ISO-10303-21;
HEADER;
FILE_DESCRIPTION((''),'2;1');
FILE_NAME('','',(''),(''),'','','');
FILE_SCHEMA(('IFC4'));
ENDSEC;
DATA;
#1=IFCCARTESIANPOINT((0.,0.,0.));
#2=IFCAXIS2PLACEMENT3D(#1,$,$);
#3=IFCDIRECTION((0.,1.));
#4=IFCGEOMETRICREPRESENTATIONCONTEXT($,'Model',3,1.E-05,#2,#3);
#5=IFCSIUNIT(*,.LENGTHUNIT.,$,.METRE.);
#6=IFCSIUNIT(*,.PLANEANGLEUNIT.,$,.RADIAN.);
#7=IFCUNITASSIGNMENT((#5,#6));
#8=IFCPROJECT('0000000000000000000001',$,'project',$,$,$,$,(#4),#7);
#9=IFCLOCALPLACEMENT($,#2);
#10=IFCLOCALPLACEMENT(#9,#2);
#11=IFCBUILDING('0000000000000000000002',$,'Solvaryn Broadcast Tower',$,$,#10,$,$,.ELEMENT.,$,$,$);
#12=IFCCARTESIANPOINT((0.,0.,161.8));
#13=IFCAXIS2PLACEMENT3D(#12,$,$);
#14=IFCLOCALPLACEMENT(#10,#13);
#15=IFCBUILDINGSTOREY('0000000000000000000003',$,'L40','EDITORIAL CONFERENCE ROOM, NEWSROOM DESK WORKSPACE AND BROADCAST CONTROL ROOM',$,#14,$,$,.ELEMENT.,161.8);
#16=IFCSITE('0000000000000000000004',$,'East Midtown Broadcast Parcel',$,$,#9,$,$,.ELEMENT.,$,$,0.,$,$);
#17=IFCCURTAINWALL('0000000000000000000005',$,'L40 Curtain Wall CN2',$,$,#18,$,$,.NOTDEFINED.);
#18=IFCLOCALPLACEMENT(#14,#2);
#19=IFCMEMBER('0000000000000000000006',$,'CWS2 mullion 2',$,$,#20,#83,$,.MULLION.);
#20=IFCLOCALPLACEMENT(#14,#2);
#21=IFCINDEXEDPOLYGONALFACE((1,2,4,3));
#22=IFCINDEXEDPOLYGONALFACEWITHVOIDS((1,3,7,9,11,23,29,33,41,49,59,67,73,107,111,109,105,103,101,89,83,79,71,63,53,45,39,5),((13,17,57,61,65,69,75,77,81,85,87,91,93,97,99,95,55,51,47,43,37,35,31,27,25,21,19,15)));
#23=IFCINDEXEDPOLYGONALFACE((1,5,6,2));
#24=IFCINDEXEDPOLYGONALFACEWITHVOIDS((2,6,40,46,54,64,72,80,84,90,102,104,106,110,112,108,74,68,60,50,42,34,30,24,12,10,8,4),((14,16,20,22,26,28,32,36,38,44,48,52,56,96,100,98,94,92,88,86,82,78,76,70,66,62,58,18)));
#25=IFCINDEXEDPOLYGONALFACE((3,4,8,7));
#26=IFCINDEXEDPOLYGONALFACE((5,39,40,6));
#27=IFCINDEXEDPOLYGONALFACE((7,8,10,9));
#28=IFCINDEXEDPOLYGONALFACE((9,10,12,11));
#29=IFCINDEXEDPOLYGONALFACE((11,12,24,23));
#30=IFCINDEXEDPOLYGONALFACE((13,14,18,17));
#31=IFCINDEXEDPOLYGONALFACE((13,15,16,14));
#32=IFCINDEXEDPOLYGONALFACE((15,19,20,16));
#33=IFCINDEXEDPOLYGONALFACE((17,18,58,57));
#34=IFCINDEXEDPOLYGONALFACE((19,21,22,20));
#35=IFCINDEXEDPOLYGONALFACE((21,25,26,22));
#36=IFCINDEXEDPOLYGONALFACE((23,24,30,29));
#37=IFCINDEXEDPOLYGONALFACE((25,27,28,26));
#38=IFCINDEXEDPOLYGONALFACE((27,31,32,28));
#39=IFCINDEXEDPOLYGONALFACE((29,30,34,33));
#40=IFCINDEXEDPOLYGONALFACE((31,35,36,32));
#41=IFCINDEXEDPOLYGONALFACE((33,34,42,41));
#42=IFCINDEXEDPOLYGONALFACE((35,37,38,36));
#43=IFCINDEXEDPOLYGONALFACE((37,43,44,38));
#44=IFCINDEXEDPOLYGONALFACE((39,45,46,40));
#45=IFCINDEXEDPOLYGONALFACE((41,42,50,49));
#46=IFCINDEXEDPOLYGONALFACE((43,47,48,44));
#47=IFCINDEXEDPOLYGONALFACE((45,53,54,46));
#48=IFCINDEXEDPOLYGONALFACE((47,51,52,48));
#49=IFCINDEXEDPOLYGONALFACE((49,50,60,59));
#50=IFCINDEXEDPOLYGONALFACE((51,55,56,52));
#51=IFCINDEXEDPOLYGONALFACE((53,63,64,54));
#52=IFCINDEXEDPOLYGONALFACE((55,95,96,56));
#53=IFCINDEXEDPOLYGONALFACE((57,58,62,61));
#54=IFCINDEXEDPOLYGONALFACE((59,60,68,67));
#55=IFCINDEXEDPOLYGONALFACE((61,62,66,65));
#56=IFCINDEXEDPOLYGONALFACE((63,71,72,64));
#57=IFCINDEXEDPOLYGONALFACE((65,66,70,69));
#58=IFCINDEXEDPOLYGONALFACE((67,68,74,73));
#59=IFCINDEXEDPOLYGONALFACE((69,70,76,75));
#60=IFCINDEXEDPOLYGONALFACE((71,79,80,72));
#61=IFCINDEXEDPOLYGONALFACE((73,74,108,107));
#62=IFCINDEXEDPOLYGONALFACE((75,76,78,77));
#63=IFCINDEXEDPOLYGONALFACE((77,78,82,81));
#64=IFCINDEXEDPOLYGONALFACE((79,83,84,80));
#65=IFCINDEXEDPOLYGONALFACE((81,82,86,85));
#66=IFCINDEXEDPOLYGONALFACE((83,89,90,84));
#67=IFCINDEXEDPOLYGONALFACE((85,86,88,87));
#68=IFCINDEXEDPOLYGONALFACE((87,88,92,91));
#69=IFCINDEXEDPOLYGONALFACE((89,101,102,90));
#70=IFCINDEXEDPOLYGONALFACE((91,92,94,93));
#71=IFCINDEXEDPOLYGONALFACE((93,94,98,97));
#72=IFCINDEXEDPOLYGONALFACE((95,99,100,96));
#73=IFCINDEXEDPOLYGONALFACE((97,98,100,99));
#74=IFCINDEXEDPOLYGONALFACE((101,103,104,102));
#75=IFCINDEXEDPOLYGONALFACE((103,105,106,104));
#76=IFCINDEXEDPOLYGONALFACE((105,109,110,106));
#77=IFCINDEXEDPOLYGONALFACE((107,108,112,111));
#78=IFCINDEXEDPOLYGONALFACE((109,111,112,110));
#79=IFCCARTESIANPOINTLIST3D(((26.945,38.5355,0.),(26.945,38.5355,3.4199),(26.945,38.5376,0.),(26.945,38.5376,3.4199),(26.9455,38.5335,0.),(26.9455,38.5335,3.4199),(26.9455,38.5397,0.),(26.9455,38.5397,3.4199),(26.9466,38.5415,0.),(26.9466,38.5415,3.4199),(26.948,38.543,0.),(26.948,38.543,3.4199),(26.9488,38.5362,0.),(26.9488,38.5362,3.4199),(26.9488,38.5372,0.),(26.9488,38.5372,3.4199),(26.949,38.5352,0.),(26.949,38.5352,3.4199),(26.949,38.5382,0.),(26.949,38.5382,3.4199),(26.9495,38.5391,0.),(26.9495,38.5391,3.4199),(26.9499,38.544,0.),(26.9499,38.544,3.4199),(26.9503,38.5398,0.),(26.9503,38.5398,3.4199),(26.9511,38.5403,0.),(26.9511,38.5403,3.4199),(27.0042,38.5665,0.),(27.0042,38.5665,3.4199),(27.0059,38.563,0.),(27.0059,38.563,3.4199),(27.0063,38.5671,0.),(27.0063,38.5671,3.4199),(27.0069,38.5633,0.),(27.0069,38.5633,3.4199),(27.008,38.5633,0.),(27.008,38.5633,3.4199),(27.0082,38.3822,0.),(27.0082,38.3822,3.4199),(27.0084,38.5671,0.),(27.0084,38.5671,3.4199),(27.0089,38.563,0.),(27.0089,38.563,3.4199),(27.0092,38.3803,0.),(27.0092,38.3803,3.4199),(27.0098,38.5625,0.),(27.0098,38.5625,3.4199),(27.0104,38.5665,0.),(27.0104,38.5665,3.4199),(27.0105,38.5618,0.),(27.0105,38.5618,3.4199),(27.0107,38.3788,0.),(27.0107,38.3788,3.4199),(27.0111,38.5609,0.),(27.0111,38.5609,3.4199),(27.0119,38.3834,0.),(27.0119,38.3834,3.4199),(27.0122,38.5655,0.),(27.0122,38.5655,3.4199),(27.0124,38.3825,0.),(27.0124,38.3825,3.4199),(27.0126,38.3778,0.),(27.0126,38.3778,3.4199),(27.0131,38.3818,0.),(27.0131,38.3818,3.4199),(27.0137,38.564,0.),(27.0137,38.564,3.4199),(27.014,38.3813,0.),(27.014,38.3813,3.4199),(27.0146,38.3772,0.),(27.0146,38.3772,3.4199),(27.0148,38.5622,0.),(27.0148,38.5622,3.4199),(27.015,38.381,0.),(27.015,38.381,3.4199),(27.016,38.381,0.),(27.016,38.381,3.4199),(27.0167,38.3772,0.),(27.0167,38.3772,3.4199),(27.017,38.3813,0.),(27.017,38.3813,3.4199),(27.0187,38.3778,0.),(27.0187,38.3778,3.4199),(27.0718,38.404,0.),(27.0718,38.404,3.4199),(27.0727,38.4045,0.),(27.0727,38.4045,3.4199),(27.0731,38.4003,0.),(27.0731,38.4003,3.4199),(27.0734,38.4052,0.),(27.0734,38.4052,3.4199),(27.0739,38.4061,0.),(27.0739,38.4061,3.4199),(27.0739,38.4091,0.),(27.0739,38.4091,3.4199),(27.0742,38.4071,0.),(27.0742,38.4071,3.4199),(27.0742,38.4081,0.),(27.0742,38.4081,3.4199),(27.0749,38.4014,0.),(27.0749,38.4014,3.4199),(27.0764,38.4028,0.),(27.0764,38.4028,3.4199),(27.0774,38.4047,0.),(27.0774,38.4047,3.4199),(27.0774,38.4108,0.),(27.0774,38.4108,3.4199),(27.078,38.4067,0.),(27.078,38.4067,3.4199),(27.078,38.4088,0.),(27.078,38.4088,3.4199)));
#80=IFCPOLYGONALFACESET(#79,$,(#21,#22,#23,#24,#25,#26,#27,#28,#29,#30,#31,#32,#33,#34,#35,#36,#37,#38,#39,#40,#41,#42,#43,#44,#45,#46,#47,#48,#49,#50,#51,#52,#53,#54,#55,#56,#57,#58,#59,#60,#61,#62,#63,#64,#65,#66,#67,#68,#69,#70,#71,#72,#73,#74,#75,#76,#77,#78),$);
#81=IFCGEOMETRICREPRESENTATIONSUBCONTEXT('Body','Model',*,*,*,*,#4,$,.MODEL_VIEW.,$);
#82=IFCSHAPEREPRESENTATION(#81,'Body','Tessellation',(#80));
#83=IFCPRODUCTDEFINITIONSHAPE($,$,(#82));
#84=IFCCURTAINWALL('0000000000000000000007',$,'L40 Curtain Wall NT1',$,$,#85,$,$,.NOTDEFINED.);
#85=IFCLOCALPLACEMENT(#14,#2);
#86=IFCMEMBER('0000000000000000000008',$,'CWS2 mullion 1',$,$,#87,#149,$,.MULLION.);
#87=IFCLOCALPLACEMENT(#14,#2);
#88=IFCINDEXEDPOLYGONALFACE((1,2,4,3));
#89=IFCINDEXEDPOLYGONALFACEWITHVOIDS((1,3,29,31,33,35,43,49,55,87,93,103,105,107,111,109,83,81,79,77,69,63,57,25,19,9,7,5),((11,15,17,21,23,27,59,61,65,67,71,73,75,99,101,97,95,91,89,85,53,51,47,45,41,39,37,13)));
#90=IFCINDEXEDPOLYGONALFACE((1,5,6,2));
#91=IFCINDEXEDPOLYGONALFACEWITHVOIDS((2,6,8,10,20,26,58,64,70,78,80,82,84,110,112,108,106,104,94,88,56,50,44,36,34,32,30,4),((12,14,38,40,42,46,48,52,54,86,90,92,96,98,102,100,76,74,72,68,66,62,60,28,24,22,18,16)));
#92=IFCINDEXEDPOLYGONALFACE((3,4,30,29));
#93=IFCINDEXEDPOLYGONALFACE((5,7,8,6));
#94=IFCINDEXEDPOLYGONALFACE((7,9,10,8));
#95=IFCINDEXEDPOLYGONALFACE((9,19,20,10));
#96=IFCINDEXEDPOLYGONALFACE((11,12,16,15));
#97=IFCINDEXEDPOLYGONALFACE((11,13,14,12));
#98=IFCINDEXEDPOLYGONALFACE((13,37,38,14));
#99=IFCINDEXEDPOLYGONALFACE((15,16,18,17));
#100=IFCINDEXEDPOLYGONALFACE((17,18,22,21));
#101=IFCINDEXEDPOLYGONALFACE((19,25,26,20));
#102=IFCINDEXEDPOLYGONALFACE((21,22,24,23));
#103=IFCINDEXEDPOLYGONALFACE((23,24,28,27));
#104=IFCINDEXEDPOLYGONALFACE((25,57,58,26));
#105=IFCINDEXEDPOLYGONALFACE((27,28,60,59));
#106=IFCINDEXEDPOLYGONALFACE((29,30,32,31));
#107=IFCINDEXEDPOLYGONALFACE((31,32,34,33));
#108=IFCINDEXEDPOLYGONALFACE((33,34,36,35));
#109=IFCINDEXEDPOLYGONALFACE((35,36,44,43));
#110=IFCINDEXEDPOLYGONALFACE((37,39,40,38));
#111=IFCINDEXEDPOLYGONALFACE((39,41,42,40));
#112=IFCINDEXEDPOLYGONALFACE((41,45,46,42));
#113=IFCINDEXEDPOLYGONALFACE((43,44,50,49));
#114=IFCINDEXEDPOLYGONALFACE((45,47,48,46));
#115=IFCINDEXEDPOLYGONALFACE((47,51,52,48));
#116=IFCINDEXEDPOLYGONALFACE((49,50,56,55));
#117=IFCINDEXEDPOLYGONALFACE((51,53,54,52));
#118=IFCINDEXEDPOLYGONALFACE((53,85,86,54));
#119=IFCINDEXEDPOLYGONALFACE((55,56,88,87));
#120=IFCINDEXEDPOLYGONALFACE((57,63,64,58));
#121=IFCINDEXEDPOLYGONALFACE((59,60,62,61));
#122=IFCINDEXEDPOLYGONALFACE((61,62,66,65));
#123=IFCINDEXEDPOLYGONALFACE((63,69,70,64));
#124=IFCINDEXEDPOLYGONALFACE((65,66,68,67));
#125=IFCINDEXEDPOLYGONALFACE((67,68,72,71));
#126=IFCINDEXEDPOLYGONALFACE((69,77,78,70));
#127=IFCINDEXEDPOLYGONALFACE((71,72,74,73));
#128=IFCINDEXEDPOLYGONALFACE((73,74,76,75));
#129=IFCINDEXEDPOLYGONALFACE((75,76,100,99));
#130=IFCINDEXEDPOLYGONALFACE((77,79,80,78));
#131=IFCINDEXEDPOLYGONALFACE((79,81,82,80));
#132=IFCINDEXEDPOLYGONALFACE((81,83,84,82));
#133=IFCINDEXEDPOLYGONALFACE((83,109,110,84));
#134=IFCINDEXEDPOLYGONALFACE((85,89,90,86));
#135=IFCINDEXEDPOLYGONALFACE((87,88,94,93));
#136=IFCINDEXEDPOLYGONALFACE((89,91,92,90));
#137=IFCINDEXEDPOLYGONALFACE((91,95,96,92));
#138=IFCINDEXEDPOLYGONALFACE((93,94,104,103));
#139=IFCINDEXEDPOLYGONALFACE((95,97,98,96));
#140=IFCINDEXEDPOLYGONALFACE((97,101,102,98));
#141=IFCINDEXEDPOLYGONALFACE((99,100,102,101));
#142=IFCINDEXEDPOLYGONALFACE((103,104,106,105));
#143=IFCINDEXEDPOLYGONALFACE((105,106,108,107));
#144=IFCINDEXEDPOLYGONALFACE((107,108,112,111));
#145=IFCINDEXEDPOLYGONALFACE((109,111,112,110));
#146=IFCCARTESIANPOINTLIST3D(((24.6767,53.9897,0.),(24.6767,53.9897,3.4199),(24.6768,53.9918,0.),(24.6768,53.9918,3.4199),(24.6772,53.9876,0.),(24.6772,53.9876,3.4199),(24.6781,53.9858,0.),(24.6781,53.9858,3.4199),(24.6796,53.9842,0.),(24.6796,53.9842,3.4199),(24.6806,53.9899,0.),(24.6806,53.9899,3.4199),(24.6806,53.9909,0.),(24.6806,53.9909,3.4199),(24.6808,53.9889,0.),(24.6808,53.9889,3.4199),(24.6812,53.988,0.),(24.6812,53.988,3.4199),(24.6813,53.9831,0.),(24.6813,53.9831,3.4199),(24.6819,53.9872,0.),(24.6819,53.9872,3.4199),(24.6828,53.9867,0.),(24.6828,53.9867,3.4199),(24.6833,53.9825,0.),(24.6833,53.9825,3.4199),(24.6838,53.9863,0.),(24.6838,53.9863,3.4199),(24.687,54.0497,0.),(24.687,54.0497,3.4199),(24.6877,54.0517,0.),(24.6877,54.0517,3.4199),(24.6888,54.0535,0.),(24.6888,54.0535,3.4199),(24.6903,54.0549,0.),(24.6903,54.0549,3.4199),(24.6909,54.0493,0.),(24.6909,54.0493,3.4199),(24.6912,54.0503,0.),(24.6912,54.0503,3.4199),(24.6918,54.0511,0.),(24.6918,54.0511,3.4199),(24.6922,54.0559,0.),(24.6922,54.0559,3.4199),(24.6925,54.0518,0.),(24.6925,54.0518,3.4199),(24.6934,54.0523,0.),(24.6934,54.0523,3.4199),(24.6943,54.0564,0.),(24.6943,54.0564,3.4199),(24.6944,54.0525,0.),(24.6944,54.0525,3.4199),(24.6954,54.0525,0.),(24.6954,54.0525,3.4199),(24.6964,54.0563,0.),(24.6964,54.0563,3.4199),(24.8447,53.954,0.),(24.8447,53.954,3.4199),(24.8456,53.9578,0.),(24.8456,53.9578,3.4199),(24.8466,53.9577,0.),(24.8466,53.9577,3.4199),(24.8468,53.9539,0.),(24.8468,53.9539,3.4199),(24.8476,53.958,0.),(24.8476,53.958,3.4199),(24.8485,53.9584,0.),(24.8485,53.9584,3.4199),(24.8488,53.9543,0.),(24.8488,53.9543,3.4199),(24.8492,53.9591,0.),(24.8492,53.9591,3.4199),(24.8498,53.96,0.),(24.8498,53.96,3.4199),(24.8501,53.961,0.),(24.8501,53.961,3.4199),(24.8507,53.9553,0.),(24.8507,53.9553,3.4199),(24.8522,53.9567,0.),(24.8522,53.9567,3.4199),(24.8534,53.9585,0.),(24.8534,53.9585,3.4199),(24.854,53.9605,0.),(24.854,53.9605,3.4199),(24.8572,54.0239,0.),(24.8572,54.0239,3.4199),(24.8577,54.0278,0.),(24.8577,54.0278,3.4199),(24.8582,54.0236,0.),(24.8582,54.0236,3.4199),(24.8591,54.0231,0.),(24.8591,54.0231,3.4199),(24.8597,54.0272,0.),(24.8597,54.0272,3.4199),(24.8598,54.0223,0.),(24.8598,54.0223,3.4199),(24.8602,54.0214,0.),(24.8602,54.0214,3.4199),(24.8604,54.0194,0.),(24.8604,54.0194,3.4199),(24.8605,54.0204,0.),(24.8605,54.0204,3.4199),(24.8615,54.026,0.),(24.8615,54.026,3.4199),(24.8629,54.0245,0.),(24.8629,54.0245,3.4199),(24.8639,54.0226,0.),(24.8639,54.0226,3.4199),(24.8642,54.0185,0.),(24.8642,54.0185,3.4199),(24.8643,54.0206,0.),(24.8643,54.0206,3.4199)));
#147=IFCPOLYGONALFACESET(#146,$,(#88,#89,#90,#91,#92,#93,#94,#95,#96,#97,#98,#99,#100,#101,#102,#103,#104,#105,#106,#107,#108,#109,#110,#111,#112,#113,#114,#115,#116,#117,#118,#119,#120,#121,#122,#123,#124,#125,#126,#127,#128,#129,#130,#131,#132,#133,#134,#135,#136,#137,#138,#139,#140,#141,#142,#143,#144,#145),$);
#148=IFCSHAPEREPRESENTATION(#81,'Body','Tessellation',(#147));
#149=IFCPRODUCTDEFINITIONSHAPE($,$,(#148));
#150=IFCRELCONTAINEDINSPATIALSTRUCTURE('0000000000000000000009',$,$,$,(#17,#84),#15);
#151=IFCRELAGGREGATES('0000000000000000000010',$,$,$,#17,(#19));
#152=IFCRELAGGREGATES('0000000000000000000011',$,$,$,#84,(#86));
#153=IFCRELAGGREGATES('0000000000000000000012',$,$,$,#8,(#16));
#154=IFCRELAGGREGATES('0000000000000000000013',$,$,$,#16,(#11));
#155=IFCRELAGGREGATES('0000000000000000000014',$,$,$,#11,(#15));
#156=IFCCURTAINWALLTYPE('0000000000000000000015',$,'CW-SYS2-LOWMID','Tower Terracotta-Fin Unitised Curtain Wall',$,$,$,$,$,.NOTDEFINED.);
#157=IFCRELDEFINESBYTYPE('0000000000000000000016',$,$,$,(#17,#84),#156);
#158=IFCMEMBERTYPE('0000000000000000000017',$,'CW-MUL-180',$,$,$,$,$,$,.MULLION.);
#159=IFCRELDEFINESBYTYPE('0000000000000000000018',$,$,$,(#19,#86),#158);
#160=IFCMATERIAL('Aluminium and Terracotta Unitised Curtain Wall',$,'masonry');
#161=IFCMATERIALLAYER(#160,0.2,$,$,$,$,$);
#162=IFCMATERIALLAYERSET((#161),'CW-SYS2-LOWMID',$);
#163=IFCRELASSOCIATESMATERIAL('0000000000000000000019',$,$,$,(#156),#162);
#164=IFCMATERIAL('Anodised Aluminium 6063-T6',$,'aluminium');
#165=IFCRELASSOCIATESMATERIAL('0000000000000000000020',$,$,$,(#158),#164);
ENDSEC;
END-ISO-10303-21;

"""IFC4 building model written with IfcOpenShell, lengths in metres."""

from ifc_helpers import new_model, si_unit, direction, frame, origin, origin_2d, place, context, subcontext, project, spatial, hollow_rectangle, extrude, material, layer, layer_set, material_profile, profile_set, type_object, element, aggregate, save


model = new_model("IFC4")

# Units and contexts
model_context = context("Model", 3, precision=1e-05, world=origin(), true_north=direction((0.0, 1.0)))
body_context = subcontext(model_context, "Body", "Model", "MODEL_VIEW")
ifc_project = project(units=[si_unit("LENGTHUNIT", "METRE"), si_unit("PLANEANGLEUNIT", "RADIAN")], contexts=[model_context])

# Site, building, storey
site_placement = place(None, origin())
site = spatial("IfcSite", under=ifc_project, at=site_placement, Name="East Midtown Broadcast Parcel", CompositionType="ELEMENT", RefElevation=0.0)
building_placement = place(site_placement, origin())
building = spatial("IfcBuilding", under=site, at=building_placement, Name="Solvaryn Broadcast Tower", CompositionType="ELEMENT")
storey_placement = place(building_placement, frame((0.0, 0.0, 161.8)))
storey = spatial("IfcBuildingStorey", under=building, at=storey_placement, Name="L40", Description="EDITORIAL CONFERENCE ROOM, NEWSROOM DESK WORKSPACE AND BROADCAST CONTROL ROOM", CompositionType="ELEMENT", Elevation=161.8)

# Shared definitions
ifc_material_1 = material(Name="Aluminium and Terracotta Unitised Curtain Wall", Category="masonry")
ifc_layer_1 = layer(ifc_material_1, 0.2)
ifc_layer_set_1 = layer_set([ifc_layer_1], Name="CW-SYS2-LOWMID")
curtain_wall_type = type_object("IfcCurtainWallType", Name="CW-SYS2-LOWMID", Description="Tower Terracotta-Fin Unitised Curtain Wall", PredefinedType="NOTDEFINED", material=ifc_layer_set_1)
ifc_material_2 = material(Name="Anodised Aluminium 6063-T6", Category="aluminium")
ifc_material_profile_1 = material_profile(ifc_material_2, hollow_rectangle(XDim=0.075, YDim=0.1799, WallThickness=0.0039, InnerFilletRadius=0.0039, OuterFilletRadius=0.0081, at=origin_2d()))
ifc_profile_set_1 = profile_set([ifc_material_profile_1], Name="Anodised Aluminium 6063-T6")
member_type_1 = type_object("IfcMemberType", Name="CW-MUL-180", PredefinedType="MULLION", material=ifc_profile_set_1)

# Curtain walls, members
curtain_wall_1_placement = place(storey_placement, origin())
curtain_wall_1 = element("IfcCurtainWall", 1, at=curtain_wall_1_placement, inside=storey, type_object=curtain_wall_type, Name="L40 Curtain Wall CN2", PredefinedType="NOTDEFINED")
member_1_placement = place(storey_placement, frame((27.0115, 38.4722, 0.0), z_axis=(0.0, 0.0, 1.0), x_axis=(-0.923895, -0.382646, 0.0)))
member_1 = element("IfcMember", 2, at=member_1_placement, type_object=member_type_1, Name="CWS2 mullion 2", PredefinedType="MULLION", context=body_context, shape_type="SweptSolid", body=[
    extrude(hollow_rectangle(XDim=0.075, YDim=0.1799, WallThickness=0.0039, InnerFilletRadius=0.0039, OuterFilletRadius=0.0081, at=origin_2d()), origin(), (0.0, 0.0, 1.0), 3.4199),
])
aggregate(curtain_wall_1, [member_1])
curtain_wall_2_placement = place(storey_placement, origin())
curtain_wall_2 = element("IfcCurtainWall", 3, at=curtain_wall_2_placement, inside=storey, type_object=curtain_wall_type, Name="L40 Curtain Wall NT1", PredefinedType="NOTDEFINED")
member_2_placement = place(storey_placement, frame((24.7705, 54.0051, 0.0), z_axis=(0.0, 0.0, 1.0), x_axis=(-0.173785, -0.984784, 0.0)))
member_2 = element("IfcMember", 4, at=member_2_placement, type_object=member_type_1, Name="CWS2 mullion 1", PredefinedType="MULLION", context=body_context, shape_type="SweptSolid", body=[
    extrude(hollow_rectangle(XDim=0.075, YDim=0.1799, WallThickness=0.0039, InnerFilletRadius=0.0039, OuterFilletRadius=0.0081, at=origin_2d()), origin(), (0.0, 0.0, 1.0), 3.4199),
])

aggregate(curtain_wall_2, [member_2])

save(model, "model.ifc")
